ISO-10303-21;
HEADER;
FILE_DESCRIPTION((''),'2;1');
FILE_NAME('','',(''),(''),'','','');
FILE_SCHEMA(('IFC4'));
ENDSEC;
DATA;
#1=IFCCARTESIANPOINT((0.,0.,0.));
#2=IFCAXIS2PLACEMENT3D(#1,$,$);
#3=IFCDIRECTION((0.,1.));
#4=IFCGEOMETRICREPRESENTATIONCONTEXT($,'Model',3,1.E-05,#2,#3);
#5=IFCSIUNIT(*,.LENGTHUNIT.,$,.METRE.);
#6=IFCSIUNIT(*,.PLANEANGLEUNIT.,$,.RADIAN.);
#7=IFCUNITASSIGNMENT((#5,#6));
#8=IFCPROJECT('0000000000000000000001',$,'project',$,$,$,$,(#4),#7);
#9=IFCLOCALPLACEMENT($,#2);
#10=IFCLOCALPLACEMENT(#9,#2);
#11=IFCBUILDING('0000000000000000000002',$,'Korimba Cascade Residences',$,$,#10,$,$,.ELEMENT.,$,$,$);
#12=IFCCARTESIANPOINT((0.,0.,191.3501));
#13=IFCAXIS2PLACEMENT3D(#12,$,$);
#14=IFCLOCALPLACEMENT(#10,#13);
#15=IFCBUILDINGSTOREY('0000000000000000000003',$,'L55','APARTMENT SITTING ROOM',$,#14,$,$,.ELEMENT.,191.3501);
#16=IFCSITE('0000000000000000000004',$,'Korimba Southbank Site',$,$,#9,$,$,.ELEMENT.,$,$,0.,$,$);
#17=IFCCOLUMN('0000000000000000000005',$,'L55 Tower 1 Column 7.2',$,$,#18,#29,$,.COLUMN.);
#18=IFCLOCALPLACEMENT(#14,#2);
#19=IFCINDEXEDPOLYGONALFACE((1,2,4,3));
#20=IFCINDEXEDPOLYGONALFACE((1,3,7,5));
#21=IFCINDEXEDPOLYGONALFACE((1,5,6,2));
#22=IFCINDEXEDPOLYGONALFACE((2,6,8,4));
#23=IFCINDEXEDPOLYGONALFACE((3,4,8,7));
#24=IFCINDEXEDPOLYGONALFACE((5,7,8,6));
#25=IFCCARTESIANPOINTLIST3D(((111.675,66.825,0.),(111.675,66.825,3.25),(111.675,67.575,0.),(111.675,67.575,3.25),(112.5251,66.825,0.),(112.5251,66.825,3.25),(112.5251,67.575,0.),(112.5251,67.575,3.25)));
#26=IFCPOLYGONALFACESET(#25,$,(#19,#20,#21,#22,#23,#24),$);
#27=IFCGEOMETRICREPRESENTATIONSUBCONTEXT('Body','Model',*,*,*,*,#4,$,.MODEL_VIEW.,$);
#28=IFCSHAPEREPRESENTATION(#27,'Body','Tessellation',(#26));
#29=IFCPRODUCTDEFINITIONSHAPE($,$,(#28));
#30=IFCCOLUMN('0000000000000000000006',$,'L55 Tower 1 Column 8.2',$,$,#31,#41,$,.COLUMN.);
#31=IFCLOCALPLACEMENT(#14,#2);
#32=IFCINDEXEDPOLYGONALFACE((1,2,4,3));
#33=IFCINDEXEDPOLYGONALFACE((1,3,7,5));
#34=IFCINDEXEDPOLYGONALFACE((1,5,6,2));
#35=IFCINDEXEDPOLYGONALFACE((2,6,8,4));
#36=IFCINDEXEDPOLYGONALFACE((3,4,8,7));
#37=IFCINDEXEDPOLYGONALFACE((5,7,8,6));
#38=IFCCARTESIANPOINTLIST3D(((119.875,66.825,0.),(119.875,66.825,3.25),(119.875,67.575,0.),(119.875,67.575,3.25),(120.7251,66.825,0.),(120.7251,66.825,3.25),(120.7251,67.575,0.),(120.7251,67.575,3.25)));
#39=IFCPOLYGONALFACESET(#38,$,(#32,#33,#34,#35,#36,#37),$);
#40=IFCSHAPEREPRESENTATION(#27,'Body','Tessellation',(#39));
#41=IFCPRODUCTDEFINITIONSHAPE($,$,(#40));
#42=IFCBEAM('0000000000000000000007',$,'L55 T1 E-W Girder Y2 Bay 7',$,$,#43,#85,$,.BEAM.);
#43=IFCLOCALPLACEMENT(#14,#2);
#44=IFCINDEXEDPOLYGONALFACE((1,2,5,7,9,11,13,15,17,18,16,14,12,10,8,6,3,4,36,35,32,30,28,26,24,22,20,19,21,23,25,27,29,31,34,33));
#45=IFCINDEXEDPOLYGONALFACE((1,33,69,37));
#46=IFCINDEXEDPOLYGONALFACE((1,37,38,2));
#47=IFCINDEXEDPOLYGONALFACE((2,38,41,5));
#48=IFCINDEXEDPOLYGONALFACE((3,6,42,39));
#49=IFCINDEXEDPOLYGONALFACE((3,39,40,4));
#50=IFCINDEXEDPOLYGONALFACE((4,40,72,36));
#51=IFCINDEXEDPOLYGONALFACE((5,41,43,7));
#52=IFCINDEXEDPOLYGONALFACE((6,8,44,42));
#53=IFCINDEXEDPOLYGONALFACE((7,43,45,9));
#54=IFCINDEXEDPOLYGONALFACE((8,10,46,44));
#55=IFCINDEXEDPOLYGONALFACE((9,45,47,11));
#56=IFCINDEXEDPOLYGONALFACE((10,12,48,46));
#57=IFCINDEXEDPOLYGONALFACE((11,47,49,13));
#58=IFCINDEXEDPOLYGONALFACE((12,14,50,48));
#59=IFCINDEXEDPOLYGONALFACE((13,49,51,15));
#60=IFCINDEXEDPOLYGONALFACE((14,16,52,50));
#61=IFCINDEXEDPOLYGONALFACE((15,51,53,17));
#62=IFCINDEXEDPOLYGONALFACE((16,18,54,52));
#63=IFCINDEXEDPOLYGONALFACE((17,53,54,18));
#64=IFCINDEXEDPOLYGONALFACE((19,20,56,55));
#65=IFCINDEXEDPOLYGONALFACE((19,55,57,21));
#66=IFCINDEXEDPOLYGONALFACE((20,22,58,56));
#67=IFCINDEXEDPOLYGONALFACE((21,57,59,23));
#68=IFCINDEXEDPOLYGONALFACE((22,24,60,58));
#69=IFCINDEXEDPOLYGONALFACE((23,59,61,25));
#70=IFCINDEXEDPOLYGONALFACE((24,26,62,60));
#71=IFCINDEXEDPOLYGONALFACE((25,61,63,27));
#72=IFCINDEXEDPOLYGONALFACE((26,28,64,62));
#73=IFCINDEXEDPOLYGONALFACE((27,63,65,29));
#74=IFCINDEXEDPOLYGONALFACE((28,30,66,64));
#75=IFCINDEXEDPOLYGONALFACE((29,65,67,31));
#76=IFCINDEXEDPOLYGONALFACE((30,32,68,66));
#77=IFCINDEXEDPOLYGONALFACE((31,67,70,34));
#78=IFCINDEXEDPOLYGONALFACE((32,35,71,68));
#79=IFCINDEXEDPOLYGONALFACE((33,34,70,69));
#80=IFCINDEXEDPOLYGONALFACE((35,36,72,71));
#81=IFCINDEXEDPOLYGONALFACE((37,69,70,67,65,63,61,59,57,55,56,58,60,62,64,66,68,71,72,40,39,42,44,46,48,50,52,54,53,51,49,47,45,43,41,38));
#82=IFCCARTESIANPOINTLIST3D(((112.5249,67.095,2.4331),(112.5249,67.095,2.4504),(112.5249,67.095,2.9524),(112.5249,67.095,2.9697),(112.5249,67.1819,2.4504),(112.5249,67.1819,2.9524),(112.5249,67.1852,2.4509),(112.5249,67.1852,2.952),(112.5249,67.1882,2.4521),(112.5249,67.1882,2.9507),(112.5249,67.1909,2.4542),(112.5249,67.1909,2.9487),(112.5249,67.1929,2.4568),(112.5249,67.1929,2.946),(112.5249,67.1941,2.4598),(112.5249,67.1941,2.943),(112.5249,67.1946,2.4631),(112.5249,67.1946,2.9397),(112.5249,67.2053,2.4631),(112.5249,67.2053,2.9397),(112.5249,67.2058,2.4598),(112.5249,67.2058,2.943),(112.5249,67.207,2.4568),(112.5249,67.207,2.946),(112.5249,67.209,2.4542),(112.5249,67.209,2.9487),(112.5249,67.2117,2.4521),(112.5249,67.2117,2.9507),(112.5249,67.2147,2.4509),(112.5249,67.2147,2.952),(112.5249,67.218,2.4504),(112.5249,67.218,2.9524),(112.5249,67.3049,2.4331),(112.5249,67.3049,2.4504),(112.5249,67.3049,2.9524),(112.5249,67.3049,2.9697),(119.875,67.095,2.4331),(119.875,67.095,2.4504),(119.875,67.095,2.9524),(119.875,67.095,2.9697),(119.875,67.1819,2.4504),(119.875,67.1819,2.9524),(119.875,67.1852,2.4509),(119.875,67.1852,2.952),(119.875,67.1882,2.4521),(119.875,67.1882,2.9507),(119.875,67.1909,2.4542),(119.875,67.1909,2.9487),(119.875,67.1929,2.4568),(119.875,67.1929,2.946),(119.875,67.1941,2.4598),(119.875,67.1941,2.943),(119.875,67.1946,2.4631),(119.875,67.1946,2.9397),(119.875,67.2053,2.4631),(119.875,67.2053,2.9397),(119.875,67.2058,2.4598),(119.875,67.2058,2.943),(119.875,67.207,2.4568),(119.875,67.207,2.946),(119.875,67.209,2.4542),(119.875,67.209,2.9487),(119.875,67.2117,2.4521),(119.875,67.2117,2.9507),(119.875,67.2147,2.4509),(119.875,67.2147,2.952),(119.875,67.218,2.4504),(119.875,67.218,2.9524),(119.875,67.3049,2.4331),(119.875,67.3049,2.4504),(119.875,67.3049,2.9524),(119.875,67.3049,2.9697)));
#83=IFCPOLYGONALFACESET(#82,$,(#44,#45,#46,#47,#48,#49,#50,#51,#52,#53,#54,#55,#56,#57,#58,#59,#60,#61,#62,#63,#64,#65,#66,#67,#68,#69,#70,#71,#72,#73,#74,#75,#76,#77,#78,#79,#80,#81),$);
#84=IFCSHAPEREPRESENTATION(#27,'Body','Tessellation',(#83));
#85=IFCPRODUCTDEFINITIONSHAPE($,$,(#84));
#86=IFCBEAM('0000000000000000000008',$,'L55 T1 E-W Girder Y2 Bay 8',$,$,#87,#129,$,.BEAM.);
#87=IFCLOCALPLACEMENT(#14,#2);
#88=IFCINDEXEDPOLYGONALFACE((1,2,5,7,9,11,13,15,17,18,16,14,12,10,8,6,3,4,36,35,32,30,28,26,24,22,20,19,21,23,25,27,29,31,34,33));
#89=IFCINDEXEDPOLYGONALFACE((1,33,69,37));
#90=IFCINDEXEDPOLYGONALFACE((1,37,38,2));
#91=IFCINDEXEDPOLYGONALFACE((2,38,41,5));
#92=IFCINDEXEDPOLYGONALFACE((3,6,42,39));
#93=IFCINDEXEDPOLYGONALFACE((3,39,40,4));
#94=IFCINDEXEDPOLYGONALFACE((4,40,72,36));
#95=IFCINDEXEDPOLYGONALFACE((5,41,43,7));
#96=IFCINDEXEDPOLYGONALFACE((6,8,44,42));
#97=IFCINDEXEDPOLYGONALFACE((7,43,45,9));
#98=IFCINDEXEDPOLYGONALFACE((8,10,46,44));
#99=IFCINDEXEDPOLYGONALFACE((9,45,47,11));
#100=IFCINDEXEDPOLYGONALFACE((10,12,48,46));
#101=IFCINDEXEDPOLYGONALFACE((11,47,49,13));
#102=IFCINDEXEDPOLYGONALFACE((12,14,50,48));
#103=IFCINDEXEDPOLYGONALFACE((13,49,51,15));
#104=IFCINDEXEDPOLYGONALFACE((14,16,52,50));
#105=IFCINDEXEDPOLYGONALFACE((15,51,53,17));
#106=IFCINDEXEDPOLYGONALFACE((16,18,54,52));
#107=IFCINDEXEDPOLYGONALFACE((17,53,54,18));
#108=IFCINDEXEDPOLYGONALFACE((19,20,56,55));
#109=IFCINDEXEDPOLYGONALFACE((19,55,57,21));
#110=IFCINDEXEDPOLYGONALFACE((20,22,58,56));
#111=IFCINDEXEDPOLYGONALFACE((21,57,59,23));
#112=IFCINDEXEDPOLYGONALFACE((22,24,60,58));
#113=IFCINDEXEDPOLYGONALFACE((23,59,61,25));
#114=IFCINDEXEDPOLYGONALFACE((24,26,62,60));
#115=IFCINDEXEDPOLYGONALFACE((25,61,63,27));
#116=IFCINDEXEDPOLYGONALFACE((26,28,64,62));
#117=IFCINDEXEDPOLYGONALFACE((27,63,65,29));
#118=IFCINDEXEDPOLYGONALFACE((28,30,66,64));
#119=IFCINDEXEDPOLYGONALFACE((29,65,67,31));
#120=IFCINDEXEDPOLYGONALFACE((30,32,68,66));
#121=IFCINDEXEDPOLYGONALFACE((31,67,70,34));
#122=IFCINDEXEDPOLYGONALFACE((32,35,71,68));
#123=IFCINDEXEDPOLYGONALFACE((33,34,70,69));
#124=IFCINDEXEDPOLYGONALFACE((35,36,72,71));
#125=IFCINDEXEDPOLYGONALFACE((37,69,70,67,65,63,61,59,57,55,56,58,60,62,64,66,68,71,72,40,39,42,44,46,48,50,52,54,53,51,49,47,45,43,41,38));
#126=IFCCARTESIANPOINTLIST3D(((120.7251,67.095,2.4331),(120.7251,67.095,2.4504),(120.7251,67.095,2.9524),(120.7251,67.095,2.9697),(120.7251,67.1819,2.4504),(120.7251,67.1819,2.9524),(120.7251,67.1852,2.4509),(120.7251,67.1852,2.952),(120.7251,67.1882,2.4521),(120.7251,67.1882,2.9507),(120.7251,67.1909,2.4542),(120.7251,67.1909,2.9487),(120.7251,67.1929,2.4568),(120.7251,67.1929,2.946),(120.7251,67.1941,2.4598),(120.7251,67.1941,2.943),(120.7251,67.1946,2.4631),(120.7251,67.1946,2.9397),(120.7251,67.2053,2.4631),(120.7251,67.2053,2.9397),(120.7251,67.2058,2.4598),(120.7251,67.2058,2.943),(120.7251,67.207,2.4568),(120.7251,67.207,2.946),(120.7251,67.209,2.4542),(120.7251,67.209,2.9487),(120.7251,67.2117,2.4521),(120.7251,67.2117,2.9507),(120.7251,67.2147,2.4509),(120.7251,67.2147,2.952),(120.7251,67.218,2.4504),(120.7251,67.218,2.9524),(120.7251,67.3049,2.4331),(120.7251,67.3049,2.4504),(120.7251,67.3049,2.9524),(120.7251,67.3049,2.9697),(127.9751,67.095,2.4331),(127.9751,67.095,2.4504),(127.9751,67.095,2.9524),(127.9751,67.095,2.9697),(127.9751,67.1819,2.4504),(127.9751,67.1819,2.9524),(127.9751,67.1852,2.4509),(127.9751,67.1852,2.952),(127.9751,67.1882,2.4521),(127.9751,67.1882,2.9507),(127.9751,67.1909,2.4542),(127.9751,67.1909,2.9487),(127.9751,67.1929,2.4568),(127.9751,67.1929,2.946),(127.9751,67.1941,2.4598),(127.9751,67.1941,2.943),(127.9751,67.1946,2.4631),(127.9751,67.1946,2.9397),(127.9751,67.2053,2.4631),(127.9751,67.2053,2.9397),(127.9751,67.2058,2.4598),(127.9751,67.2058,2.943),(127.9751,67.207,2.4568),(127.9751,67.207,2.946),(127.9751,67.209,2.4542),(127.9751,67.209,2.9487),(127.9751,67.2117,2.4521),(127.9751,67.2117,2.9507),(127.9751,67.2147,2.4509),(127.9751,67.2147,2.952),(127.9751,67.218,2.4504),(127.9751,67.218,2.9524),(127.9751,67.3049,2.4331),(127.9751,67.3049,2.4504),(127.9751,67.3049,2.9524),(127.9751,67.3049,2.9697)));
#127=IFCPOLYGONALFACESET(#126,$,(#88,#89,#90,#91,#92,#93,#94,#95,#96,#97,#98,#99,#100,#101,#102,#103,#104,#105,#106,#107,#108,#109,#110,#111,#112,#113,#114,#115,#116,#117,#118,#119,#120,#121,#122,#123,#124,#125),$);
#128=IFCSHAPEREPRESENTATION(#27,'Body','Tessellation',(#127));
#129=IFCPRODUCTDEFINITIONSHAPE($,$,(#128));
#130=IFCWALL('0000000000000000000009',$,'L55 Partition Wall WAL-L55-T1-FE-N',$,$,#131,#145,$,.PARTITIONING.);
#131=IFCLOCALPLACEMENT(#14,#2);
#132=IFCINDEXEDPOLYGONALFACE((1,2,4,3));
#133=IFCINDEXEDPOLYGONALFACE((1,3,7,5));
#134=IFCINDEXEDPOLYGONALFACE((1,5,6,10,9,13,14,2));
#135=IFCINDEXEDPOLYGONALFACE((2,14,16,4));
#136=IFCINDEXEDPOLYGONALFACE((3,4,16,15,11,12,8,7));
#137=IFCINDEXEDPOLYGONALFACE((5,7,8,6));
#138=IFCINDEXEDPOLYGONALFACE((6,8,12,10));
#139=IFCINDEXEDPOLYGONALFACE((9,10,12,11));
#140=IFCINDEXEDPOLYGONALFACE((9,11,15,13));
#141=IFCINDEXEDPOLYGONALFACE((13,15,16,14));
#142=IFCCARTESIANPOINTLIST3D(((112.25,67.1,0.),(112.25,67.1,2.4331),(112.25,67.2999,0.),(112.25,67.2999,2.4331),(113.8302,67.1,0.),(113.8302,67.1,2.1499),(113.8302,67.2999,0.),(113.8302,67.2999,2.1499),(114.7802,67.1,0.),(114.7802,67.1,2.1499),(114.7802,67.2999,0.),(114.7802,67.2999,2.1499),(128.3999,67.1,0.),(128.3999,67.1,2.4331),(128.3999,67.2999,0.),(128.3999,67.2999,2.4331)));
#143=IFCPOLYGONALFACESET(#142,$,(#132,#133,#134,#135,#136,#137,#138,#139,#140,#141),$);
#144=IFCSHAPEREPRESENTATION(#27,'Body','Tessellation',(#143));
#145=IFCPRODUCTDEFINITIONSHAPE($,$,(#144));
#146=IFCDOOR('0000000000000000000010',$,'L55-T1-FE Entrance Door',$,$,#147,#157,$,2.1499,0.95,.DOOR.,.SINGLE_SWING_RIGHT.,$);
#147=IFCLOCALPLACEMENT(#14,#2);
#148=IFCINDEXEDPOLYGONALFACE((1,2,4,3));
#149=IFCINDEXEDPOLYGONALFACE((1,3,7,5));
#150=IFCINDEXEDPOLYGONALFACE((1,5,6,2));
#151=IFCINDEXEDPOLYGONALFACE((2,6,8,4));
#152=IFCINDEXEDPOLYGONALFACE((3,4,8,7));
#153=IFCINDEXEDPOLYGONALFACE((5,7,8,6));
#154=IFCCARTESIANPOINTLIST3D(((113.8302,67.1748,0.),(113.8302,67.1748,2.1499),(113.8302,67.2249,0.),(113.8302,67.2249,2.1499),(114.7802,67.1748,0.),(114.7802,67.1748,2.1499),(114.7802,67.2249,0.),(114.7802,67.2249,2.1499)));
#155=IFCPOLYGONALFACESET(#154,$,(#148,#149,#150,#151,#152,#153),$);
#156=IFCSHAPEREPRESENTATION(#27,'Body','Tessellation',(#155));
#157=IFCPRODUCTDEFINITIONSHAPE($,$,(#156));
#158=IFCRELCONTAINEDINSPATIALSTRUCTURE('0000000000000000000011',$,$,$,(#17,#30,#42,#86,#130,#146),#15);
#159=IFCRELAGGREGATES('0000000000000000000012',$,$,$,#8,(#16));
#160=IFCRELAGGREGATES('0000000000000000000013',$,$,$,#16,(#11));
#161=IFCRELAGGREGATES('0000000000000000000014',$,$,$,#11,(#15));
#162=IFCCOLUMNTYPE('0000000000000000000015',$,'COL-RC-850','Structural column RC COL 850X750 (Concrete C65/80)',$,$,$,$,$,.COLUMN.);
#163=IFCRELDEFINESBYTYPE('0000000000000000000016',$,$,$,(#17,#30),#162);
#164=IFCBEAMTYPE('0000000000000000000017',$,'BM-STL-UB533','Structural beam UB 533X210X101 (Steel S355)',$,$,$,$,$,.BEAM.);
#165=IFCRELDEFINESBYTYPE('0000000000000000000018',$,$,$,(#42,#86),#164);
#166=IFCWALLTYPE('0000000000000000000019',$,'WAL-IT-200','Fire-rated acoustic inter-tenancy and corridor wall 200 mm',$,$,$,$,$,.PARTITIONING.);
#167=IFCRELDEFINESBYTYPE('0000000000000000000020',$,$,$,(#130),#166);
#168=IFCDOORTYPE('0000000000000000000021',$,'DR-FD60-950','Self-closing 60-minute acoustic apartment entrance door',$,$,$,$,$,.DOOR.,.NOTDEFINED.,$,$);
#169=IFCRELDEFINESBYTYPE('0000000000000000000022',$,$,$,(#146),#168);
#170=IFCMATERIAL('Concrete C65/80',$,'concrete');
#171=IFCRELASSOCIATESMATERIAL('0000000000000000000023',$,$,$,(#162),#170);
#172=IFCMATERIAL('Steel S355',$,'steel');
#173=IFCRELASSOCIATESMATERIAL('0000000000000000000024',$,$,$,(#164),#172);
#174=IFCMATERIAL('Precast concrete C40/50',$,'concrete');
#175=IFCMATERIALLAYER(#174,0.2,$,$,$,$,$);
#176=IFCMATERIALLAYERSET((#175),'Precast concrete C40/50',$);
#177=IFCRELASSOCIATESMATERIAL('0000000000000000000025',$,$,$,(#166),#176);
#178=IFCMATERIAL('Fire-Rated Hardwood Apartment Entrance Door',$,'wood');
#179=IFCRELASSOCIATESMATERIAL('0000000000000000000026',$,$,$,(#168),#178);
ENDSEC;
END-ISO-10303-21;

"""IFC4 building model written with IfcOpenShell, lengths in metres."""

from ifc_helpers import new_model, si_unit, direction, frame, frame_2d, origin, origin_2d, place, context, subcontext, project, spatial, rectangle, i_section, extrude, material, layer, layer_set, material_profile, profile_set, type_object, element, fill, save


model = new_model("IFC4")

# Units and contexts
model_context = context("Model", 3, precision=1e-05, world=origin(), true_north=direction((0.0, 1.0)))
body_context = subcontext(model_context, "Body", "Model", "MODEL_VIEW")
ifc_project = project(units=[si_unit("LENGTHUNIT", "METRE"), si_unit("PLANEANGLEUNIT", "RADIAN")], contexts=[model_context])

# Site, building, storey
site_placement = place(None, origin())
site = spatial("IfcSite", under=ifc_project, at=site_placement, Name="Korimba Southbank Site", CompositionType="ELEMENT", RefElevation=0.0)
building_placement = place(site_placement, origin())
building = spatial("IfcBuilding", under=site, at=building_placement, Name="Korimba Cascade Residences", CompositionType="ELEMENT")
storey_placement = place(building_placement, frame((0.0, 0.0, 191.3501)))
storey = spatial("IfcBuildingStorey", under=building, at=storey_placement, Name="L55", Description="APARTMENT SITTING ROOM", CompositionType="ELEMENT", Elevation=191.3501)

# Columns
ifc_material_1 = material(Name="Concrete C65/80", Category="concrete")
ifc_material_profile_1 = material_profile(ifc_material_1, rectangle(XDim=0.8501, YDim=0.75, at=origin_2d()), Name="Concrete C65/80")
ifc_profile_set_1 = profile_set([ifc_material_profile_1], Name="Concrete C65/80")
column_type = type_object("IfcColumnType", Name="COL-RC-850", Description="Structural column RC COL 850X750 (Concrete C65/80)", PredefinedType="COLUMN", material=ifc_profile_set_1)
for number, where, z_axis, x_axis, name in (
    (1, (112.1001, 67.2, 0.0), (0.0, 0.0, 1.0), (1.0, 0.0, 0.0), "L55 Tower 1 Column 7.2"),
    (2, (120.3, 67.2, 0.0), (0.0, 0.0, 1.0), (1.0, 0.0, 0.0), "L55 Tower 1 Column 8.2"),
):
    element("IfcColumn", number, at=place(storey_placement, frame(where, z_axis=z_axis, x_axis=x_axis)), inside=storey, type_object=column_type, Name=name, PredefinedType="COLUMN", context=body_context, shape_type="SweptSolid", body=[
        extrude(rectangle(XDim=0.8501, YDim=0.75, at=origin_2d()), origin(), (0.0, 0.0, 1.0), 3.25),
    ])

# Beams
ifc_material_2 = material(Name="Steel S355", Category="steel")
ifc_material_profile_2 = material_profile(ifc_material_2, i_section(OverallWidth=0.21, OverallDepth=0.5366, WebThickness=0.0107, FlangeThickness=0.0173, FilletRadius=0.0127, at=origin_2d()), Name="Steel S355")
ifc_profile_set_2 = profile_set([ifc_material_profile_2], Name="Steel S355")
beam_type = type_object("IfcBeamType", Name="BM-STL-UB533", Description="Structural beam UB 533X210X101 (Steel S355)", PredefinedType="BEAM", material=ifc_profile_set_2)
beam_1_placement = place(storey_placement, frame((112.5249, 67.2, 2.7014), z_axis=(1.0, 0.0, 0.0), x_axis=(0.0, 1.0, 0.0)))
element("IfcBeam", 3, at=beam_1_placement, inside=storey, type_object=beam_type, Name="L55 T1 E-W Girder Y2 Bay 7", PredefinedType="BEAM", context=body_context, shape_type="SweptSolid", body=[
    extrude(i_section(OverallWidth=0.21, OverallDepth=0.5366, WebThickness=0.0107, FlangeThickness=0.0173, FilletRadius=0.0127, at=origin_2d()), origin(), (0.0, 0.0, 1.0), 7.3501),
])
beam_2_placement = place(storey_placement, frame((120.7251, 67.2, 2.7014), z_axis=(1.0, 0.0, 0.0), x_axis=(0.0, 1.0, 0.0)))
element("IfcBeam", 4, at=beam_2_placement, inside=storey, type_object=beam_type, Name="L55 T1 E-W Girder Y2 Bay 8", PredefinedType="BEAM", context=body_context, shape_type="SweptSolid", body=[
    extrude(i_section(OverallWidth=0.21, OverallDepth=0.5366, WebThickness=0.0107, FlangeThickness=0.0173, FilletRadius=0.0127, at=origin_2d()), origin(), (0.0, 0.0, 1.0), 7.25),
])

# Wall, opening, door
ifc_material_3 = material(Name="Precast concrete C40/50", Category="concrete")
ifc_layer_1 = layer(ifc_material_3, 0.2)
ifc_layer_set_1 = layer_set([ifc_layer_1], Name="Precast concrete C40/50")
wall_type_1 = type_object("IfcWallType", Name="WAL-IT-200", Description="Fire-rated acoustic inter-tenancy and corridor wall 200 mm", PredefinedType="PARTITIONING", material=ifc_layer_set_1)
wall_1_placement = place(storey_placement, frame((112.25, 67.2, 0.0), z_axis=(0.0, 0.0, 1.0), x_axis=(1.0, 0.0, 0.0)))
wall_1 = element("IfcWall", 5, at=wall_1_placement, inside=storey, type_object=wall_type_1, Name="L55 Partition Wall WAL-L55-T1-FE-N", PredefinedType="PARTITIONING", context=body_context, shape_type="SweptSolid", body=[
    extrude(rectangle(XDim=16.1499, YDim=0.2, at=frame_2d((8.075, 0.0))), origin(), (0.0, 0.0, 1.0), 2.4331),
])
opening_1_placement = place(wall_1_placement, frame((1.5801, 0.0, 0.0)))
opening_1 = element("IfcOpeningElement", 6, at=opening_1_placement, cuts=wall_1, PredefinedType="OPENING", context=body_context, shape_type="SweptSolid", body=[
    extrude(rectangle(XDim=0.95, YDim=2.1499, at=frame_2d((0.4751, 1.075))), frame((0.0, 0.1099, 0.0), z_axis=(0.0, -1.0, 0.0), x_axis=(1.0, 0.0, 0.0)), (0.0, 0.0, 1.0), 0.22),
])
ifc_material_4 = material(Name="Fire-Rated Hardwood Apartment Entrance Door", Category="wood")
door_type_1 = type_object("IfcDoorType", Name="DR-FD60-950", Description="Self-closing 60-minute acoustic apartment entrance door", OperationType="NOTDEFINED", PredefinedType="DOOR", material=ifc_material_4)
door_1_placement = place(opening_1_placement, origin())
door_1 = element("IfcDoor", 7, at=door_1_placement, inside=storey, type_object=door_type_1, Name="L55-T1-FE Entrance Door", OperationType="SINGLE_SWING_RIGHT", OverallHeight=2.1499, OverallWidth=0.95, PredefinedType="DOOR", context=body_context, shape_type="SweptSolid", body=[
    extrude(rectangle(XDim=0.95, YDim=2.1499, at=frame_2d((0.4751, 1.075))), frame((0.0, 0.0249, 0.0), z_axis=(0.0, -1.0, 0.0), x_axis=(1.0, 0.0, 0.0)), (0.0, 0.0, 1.0), 0.05),
])
fill(opening_1, door_1)

save(model, "model.ifc")
